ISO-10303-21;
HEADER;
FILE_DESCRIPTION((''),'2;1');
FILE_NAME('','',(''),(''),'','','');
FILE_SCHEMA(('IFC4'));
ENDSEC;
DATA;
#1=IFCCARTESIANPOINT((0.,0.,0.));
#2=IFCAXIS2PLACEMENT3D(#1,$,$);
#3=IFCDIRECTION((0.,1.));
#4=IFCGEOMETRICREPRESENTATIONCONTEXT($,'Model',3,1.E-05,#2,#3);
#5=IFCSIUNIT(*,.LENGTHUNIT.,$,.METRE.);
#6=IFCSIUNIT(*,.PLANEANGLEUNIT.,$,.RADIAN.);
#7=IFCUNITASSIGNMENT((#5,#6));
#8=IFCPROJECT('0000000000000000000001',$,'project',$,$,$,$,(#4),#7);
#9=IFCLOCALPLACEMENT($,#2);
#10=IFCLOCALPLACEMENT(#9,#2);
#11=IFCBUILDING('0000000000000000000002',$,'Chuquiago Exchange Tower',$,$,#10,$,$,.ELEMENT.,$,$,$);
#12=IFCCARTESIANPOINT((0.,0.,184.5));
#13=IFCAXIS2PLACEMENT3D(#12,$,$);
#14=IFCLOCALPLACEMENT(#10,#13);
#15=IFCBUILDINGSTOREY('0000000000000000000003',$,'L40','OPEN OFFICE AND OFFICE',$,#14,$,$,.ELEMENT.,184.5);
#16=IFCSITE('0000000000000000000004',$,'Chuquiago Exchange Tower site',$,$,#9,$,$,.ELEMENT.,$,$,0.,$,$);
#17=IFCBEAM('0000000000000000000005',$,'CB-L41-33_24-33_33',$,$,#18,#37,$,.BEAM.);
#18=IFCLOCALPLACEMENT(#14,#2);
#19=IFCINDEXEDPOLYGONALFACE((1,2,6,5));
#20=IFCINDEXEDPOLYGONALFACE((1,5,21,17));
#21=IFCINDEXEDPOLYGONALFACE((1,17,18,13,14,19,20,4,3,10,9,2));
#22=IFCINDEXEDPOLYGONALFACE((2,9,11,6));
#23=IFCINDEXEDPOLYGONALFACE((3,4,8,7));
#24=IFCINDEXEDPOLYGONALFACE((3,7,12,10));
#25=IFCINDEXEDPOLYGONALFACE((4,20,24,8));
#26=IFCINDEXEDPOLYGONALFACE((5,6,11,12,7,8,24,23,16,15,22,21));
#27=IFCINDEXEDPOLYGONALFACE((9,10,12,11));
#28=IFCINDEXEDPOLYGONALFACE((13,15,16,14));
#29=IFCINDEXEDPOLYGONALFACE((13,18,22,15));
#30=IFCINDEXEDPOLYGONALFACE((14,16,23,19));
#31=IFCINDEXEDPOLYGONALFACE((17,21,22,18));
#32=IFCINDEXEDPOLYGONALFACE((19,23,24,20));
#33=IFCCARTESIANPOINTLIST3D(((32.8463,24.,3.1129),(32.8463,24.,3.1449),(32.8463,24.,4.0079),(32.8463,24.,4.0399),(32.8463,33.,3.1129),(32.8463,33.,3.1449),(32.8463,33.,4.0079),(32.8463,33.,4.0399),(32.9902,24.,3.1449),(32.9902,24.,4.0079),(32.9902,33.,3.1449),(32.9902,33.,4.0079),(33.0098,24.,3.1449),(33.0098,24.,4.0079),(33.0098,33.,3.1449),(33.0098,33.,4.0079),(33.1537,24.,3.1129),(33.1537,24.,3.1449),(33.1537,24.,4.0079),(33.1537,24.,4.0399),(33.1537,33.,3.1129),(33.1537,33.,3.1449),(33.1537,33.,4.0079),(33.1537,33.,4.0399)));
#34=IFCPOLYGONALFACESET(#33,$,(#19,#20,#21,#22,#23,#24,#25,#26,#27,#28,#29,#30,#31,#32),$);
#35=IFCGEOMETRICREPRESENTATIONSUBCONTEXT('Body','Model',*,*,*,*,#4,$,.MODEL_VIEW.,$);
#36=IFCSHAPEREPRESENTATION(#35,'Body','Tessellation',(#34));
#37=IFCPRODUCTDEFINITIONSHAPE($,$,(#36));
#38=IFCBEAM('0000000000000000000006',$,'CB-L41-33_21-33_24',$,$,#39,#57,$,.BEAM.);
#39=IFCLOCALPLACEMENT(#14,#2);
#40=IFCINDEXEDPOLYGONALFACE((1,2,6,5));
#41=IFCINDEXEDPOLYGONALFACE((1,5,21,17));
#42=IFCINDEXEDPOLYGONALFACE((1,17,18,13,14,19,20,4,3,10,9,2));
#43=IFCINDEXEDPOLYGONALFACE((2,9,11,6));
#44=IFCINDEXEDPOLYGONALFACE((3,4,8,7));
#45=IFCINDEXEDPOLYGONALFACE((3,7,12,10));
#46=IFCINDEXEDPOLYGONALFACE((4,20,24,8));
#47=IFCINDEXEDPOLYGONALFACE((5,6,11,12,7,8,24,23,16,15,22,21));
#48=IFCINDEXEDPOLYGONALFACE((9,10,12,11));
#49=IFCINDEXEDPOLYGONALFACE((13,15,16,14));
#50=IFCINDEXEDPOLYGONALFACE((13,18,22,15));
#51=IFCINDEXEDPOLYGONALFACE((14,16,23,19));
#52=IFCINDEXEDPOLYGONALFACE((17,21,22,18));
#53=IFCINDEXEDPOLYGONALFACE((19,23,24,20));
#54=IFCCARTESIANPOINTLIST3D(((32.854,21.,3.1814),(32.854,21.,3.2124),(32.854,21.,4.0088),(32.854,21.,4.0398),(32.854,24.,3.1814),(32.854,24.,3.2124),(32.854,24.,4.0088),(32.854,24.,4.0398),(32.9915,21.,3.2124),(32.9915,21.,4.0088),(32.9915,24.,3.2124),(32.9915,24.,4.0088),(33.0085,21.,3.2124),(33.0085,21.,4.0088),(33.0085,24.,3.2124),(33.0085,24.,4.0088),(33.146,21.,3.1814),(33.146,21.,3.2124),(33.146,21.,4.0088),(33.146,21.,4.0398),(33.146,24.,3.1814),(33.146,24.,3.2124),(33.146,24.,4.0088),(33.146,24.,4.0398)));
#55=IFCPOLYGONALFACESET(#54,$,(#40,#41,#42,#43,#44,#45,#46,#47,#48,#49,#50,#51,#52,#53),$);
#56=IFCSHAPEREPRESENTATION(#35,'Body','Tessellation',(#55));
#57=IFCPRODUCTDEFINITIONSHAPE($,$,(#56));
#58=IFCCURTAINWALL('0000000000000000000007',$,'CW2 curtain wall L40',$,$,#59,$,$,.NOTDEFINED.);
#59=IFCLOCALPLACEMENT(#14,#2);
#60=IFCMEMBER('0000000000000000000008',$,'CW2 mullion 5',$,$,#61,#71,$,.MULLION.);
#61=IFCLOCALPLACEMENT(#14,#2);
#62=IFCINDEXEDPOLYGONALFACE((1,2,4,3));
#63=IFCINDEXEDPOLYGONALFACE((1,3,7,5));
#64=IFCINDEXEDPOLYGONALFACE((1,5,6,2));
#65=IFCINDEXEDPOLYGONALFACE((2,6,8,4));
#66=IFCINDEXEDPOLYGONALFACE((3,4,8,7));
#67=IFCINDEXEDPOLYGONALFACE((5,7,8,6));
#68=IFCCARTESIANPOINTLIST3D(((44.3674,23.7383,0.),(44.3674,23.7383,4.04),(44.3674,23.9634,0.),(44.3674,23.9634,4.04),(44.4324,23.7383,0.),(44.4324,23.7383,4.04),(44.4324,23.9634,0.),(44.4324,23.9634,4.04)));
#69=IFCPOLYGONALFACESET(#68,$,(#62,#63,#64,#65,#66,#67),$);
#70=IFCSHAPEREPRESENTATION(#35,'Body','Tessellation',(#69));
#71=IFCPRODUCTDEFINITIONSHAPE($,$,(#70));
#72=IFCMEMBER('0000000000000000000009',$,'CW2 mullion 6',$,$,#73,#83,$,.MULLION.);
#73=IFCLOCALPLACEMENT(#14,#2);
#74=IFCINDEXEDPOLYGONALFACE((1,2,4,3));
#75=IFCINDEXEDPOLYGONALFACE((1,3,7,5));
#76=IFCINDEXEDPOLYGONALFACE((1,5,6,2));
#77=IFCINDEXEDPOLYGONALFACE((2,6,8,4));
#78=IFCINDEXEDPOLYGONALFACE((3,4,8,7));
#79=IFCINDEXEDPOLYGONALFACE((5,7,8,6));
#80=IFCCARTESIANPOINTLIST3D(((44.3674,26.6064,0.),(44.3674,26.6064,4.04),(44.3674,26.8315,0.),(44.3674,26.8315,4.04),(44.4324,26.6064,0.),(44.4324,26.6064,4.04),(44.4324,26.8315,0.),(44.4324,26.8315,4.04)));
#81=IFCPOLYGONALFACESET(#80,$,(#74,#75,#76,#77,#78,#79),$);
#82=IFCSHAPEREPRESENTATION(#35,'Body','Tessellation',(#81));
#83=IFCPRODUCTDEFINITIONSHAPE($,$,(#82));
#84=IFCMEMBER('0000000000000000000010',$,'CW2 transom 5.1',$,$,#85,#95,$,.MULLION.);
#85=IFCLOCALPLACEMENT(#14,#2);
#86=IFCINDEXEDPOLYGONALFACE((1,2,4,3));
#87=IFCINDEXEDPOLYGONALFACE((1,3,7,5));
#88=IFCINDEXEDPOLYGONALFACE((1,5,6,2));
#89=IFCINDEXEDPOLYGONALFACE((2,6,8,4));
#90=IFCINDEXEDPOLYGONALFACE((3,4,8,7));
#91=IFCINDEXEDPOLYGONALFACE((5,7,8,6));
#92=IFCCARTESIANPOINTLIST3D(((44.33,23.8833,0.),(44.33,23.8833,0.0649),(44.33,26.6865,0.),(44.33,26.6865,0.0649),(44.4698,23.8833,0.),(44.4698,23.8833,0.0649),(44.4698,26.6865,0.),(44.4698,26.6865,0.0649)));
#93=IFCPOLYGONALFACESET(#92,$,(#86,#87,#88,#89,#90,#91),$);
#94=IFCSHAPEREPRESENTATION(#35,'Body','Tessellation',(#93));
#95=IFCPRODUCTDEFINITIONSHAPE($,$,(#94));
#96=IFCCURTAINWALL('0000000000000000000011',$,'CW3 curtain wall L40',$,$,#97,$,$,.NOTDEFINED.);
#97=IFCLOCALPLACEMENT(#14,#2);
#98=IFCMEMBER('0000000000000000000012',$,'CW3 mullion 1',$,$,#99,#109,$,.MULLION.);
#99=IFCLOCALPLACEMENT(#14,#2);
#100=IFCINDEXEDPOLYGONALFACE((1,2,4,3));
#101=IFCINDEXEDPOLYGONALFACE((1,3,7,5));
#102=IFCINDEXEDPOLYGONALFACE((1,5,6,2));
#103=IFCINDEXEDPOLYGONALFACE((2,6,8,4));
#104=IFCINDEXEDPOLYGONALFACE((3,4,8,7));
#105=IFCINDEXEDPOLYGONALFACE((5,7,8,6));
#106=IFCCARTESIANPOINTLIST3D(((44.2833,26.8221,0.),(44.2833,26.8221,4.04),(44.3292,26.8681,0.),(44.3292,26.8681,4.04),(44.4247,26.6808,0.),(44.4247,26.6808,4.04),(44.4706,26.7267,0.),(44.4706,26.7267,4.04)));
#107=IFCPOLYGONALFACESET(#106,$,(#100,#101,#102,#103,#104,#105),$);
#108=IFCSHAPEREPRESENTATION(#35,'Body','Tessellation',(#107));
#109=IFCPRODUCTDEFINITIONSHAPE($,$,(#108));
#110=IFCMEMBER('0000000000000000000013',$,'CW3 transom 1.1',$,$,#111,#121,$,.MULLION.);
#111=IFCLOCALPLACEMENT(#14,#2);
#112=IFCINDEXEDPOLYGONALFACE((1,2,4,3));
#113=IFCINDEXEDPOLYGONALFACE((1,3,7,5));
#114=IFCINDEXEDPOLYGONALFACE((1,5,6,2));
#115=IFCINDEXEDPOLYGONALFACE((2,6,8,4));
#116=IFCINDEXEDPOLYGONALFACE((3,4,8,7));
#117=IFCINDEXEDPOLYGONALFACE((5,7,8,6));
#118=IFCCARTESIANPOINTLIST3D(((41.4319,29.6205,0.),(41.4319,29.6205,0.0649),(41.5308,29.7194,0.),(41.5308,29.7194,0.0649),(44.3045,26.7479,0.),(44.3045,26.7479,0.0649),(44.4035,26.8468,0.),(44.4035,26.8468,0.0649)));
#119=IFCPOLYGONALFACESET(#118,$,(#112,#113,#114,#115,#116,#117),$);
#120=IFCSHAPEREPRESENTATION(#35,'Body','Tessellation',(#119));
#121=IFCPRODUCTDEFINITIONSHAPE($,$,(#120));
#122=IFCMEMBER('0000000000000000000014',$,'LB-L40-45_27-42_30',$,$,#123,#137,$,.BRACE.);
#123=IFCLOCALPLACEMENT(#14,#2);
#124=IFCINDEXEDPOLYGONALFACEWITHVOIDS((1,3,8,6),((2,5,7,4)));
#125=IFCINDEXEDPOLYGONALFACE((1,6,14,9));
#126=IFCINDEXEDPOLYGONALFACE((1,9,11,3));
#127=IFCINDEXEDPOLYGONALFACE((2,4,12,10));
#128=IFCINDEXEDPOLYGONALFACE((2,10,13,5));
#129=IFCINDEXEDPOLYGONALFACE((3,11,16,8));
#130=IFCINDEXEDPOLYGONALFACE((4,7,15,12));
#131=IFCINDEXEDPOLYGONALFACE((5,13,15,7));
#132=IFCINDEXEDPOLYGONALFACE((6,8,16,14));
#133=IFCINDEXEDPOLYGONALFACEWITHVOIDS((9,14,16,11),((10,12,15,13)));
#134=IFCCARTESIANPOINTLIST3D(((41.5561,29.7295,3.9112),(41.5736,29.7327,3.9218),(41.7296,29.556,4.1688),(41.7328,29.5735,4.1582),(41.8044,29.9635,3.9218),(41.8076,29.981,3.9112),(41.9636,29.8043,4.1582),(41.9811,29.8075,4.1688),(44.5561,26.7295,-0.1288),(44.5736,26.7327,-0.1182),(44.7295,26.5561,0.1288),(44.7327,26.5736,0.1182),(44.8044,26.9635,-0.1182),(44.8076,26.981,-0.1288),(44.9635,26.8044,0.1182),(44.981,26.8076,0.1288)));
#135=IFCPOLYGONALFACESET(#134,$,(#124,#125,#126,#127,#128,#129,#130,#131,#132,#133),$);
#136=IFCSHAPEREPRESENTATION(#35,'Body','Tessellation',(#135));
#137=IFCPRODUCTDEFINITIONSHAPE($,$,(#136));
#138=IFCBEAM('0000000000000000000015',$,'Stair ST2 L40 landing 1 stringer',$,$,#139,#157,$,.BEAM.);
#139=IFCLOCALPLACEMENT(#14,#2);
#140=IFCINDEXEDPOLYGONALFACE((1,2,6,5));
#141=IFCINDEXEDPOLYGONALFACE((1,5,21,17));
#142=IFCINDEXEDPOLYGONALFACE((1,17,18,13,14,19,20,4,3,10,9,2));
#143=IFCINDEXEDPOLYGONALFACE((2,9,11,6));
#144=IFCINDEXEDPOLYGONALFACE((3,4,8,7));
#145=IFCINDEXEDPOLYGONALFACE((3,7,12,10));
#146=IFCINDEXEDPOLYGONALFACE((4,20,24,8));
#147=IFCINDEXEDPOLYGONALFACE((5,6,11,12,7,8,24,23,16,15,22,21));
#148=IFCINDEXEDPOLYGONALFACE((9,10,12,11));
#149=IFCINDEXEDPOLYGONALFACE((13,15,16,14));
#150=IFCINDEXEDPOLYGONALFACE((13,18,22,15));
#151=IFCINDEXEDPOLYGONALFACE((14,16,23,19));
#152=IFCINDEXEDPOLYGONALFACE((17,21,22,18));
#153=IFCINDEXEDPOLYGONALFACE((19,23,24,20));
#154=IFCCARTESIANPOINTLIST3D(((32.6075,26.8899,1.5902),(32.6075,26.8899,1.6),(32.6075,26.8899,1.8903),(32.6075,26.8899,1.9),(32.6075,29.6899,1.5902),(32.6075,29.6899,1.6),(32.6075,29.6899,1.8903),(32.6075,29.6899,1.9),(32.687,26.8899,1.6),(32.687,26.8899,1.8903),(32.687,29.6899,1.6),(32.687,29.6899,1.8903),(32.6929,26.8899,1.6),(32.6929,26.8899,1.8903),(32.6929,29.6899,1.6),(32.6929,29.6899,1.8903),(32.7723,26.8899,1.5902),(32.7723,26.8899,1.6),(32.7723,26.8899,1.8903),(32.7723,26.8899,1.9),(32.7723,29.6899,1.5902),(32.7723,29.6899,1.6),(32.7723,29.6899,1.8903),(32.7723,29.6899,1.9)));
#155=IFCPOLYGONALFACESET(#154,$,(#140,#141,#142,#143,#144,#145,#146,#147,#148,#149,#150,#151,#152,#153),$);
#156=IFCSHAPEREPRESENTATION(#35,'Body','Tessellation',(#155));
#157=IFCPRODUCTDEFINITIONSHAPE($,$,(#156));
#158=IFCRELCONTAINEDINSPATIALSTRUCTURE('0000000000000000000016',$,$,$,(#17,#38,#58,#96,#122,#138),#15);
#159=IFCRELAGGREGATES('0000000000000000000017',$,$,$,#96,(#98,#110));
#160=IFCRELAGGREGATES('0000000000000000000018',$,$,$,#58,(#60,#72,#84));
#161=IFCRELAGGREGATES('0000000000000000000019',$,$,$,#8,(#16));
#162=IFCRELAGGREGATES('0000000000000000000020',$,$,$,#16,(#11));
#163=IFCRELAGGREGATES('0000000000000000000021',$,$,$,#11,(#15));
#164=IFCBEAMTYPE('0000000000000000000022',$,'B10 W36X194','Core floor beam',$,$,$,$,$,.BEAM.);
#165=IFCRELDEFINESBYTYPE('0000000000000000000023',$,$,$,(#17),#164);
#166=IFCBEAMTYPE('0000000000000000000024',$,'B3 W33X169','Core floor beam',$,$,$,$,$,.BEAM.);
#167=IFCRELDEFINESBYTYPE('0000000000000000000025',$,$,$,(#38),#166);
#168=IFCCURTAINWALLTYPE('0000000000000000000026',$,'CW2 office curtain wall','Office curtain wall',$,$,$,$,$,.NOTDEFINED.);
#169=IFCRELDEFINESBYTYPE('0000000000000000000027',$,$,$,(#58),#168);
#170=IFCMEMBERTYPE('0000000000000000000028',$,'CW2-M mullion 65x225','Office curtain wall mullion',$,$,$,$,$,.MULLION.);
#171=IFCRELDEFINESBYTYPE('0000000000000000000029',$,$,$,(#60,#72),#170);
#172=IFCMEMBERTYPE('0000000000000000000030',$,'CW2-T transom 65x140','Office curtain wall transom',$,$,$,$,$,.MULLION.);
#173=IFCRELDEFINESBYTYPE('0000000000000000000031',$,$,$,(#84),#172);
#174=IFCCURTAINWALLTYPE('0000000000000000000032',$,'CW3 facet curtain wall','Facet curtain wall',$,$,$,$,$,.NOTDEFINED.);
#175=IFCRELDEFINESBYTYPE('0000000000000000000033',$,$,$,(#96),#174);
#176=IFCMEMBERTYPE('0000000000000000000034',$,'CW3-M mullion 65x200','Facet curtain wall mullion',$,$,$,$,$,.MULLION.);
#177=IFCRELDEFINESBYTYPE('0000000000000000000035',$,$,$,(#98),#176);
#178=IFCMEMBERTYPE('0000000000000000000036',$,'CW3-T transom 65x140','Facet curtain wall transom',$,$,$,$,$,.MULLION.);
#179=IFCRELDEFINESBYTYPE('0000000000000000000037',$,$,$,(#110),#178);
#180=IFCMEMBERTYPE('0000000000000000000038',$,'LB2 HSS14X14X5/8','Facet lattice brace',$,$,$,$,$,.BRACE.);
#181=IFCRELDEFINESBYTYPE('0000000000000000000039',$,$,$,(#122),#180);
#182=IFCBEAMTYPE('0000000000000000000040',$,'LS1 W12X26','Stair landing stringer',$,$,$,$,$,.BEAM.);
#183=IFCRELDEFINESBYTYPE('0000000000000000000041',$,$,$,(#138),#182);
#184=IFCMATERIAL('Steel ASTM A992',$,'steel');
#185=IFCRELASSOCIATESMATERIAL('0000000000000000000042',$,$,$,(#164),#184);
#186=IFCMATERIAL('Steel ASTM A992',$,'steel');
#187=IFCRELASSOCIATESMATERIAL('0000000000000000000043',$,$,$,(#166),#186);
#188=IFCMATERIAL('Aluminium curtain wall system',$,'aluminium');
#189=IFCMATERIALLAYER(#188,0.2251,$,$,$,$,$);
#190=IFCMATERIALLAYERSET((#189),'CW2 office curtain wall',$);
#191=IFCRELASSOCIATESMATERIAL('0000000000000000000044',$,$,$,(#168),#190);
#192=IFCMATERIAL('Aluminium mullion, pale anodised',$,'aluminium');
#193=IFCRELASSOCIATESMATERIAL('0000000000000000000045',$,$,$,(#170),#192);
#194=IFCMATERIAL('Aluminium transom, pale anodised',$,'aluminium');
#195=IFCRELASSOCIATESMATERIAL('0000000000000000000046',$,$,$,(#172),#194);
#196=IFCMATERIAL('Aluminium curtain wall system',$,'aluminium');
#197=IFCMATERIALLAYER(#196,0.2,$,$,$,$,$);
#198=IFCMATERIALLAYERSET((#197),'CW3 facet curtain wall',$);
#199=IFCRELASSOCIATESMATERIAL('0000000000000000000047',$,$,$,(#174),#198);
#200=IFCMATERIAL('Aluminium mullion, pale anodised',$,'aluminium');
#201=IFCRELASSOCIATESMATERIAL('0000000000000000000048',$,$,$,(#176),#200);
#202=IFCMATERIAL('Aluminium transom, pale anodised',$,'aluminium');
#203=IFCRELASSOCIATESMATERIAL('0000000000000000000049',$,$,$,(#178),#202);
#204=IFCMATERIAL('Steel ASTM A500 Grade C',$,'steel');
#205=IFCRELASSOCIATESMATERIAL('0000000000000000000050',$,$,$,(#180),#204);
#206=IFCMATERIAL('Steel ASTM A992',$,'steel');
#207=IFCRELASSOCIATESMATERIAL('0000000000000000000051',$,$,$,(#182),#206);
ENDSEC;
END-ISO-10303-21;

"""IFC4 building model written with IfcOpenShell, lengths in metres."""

from ifc_helpers import new_model, si_unit, direction, frame, origin, origin_2d, place, context, subcontext, project, spatial, rectangle, hollow_rectangle, i_section, extrude, material, layer, layer_set, material_profile, profile_set, type_object, element, aggregate, save


model = new_model("IFC4")

# Units and contexts
model_context = context("Model", 3, precision=1e-05, world=origin(), true_north=direction((0.0, 1.0)))
body_context = subcontext(model_context, "Body", "Model", "MODEL_VIEW")
ifc_project = project(units=[si_unit("LENGTHUNIT", "METRE"), si_unit("PLANEANGLEUNIT", "RADIAN")], contexts=[model_context])

# Site, building, storey
site_placement = place(None, origin())
site = spatial("IfcSite", under=ifc_project, at=site_placement, Name="Chuquiago Exchange Tower site", CompositionType="ELEMENT", RefElevation=0.0)
building_placement = place(site_placement, origin())
building = spatial("IfcBuilding", under=site, at=building_placement, Name="Chuquiago Exchange Tower", CompositionType="ELEMENT")
storey_placement = place(building_placement, frame((0.0, 0.0, 184.5)))
storey = spatial("IfcBuildingStorey", under=building, at=storey_placement, Name="L40", Description="OPEN OFFICE AND OFFICE", CompositionType="ELEMENT", Elevation=184.5)

# Beams
ifc_material_1 = material(Name="Steel ASTM A992", Category="steel")
ifc_material_profile_1 = material_profile(ifc_material_1, i_section(OverallWidth=0.3074, OverallDepth=0.927, WebThickness=0.0195, FlangeThickness=0.032, at=origin_2d()), Name="W36X194")
ifc_profile_set_1 = profile_set([ifc_material_profile_1], Name="Steel ASTM A992")
beam_type_1 = type_object("IfcBeamType", Name="B10 W36X194", Description="Core floor beam", PredefinedType="BEAM", material=ifc_profile_set_1)
beam_1_placement = place(storey_placement, frame((33.0, 24.0, 3.5764), z_axis=(0.0, 1.0, 0.0), x_axis=(-1.0, 0.0, 0.0)))
element("IfcBeam", 1, at=beam_1_placement, inside=storey, type_object=beam_type_1, Name="CB-L41-33_24-33_33", PredefinedType="BEAM", context=body_context, shape_type="SweptSolid", body=[
    extrude(i_section(OverallWidth=0.3074, OverallDepth=0.927, WebThickness=0.0195, FlangeThickness=0.032, at=origin_2d()), origin(), (0.0, 0.0, 1.0), 9.0),
])
ifc_material_2 = material(Name="Steel ASTM A992", Category="steel")
ifc_material_profile_2 = material_profile(ifc_material_2, i_section(OverallWidth=0.292, OverallDepth=0.8584, WebThickness=0.0171, FlangeThickness=0.031, at=origin_2d()), Name="W33X169")
ifc_profile_set_2 = profile_set([ifc_material_profile_2], Name="Steel ASTM A992")
beam_type_2 = type_object("IfcBeamType", Name="B3 W33X169", Description="Core floor beam", PredefinedType="BEAM", material=ifc_profile_set_2)
beam_2_placement = place(storey_placement, frame((33.0, 21.0, 3.6106), z_axis=(0.0, 1.0, 0.0), x_axis=(-1.0, 0.0, 0.0)))
element("IfcBeam", 2, at=beam_2_placement, inside=storey, type_object=beam_type_2, Name="CB-L41-33_21-33_24", PredefinedType="BEAM", context=body_context, shape_type="SweptSolid", body=[
    extrude(i_section(OverallWidth=0.292, OverallDepth=0.8584, WebThickness=0.0171, FlangeThickness=0.031, at=origin_2d()), origin(), (0.0, 0.0, 1.0), 3.0),
])

# Curtain walls, members
ifc_material_3 = material(Name="Aluminium curtain wall system", Category="aluminium")
ifc_layer_1 = layer(ifc_material_3, 0.2251)
ifc_layer_set_1 = layer_set([ifc_layer_1], Name="CW2 office curtain wall")
curtain_wall_type_1 = type_object("IfcCurtainWallType", Name="CW2 office curtain wall", Description="Office curtain wall", PredefinedType="NOTDEFINED", material=ifc_layer_set_1)
curtain_wall_1_placement = place(storey_placement, origin())
curtain_wall_1 = element("IfcCurtainWall", 3, at=curtain_wall_1_placement, inside=storey, type_object=curtain_wall_type_1, Name="CW2 curtain wall L40", PredefinedType="NOTDEFINED")
ifc_material_4 = material(Name="Aluminium mullion, pale anodised", Category="aluminium")
ifc_material_profile_3 = material_profile(ifc_material_4, rectangle(XDim=0.0649, YDim=0.2251, at=origin_2d()), Name="AL 65x225")
ifc_profile_set_3 = profile_set([ifc_material_profile_3], Name="Aluminium mullion, pale anodised")
member_type_1 = type_object("IfcMemberType", Name="CW2-M mullion 65x225", Description="Office curtain wall mullion", PredefinedType="MULLION", material=ifc_profile_set_3)
member_1_placement = place(storey_placement, frame((44.3999, 23.8508, 0.0), z_axis=(0.0, 0.0, 1.0), x_axis=(-1.0, 0.0, 0.0)))
member_1 = element("IfcMember", 4, at=member_1_placement, type_object=member_type_1, Name="CW2 mullion 5", PredefinedType="MULLION", context=body_context, shape_type="SweptSolid", body=[
    extrude(rectangle(XDim=0.0649, YDim=0.2251, at=origin_2d()), origin(), (0.0, 0.0, 1.0), 4.04),
])
member_2_placement = place(storey_placement, frame((44.3999, 26.719, 0.0), z_axis=(0.0, 0.0, 1.0), x_axis=(-1.0, 0.0, 0.0)))
member_2 = element("IfcMember", 5, at=member_2_placement, type_object=member_type_1, Name="CW2 mullion 6", PredefinedType="MULLION", context=body_context, shape_type="SweptSolid", body=[
    extrude(rectangle(XDim=0.0649, YDim=0.2251, at=origin_2d()), origin(), (0.0, 0.0, 1.0), 4.04),
])
ifc_material_5 = material(Name="Aluminium transom, pale anodised", Category="aluminium")
ifc_material_profile_4 = material_profile(ifc_material_5, rectangle(XDim=0.1399, YDim=0.0649, at=origin_2d()), Name="AL 140x65")
ifc_profile_set_4 = profile_set([ifc_material_profile_4], Name="Aluminium transom, pale anodised")
member_type_2 = type_object("IfcMemberType", Name="CW2-T transom 65x140", Description="Office curtain wall transom", PredefinedType="MULLION", material=ifc_profile_set_4)
member_3_placement = place(storey_placement, frame((44.3999, 23.8833, 0.0325), z_axis=(0.0, 1.0, 0.0), x_axis=(-1.0, 0.0, 0.0)))
member_3 = element("IfcMember", 6, at=member_3_placement, type_object=member_type_2, Name="CW2 transom 5.1", PredefinedType="MULLION", context=body_context, shape_type="SweptSolid", body=[
    extrude(rectangle(XDim=0.1399, YDim=0.0649, at=origin_2d()), origin(), (0.0, 0.0, 1.0), 2.8032),
])
ifc_material_6 = material(Name="Aluminium curtain wall system", Category="aluminium")
ifc_layer_2 = layer(ifc_material_6, 0.2)
ifc_layer_set_2 = layer_set([ifc_layer_2], Name="CW3 facet curtain wall")
curtain_wall_type_2 = type_object("IfcCurtainWallType", Name="CW3 facet curtain wall", Description="Facet curtain wall", PredefinedType="NOTDEFINED", material=ifc_layer_set_2)
curtain_wall_2_placement = place(storey_placement, origin())
curtain_wall_2 = element("IfcCurtainWall", 7, at=curtain_wall_2_placement, inside=storey, type_object=curtain_wall_type_2, Name="CW3 curtain wall L40", PredefinedType="NOTDEFINED")
ifc_material_7 = material(Name="Aluminium mullion, pale anodised", Category="aluminium")
ifc_material_profile_5 = material_profile(ifc_material_7, rectangle(XDim=0.0649, YDim=0.2, at=origin_2d()), Name="AL 65x200")
ifc_profile_set_5 = profile_set([ifc_material_profile_5], Name="Aluminium mullion, pale anodised")
member_type_3 = type_object("IfcMemberType", Name="CW3-M mullion 65x200", Description="Facet curtain wall mullion", PredefinedType="MULLION", material=ifc_profile_set_5)
member_4_placement = place(storey_placement, frame((44.377, 26.7744, 0.0), z_axis=(0.0, 0.0, 1.0), x_axis=(-0.707107, -0.707107, 0.0)))
member_4 = element("IfcMember", 8, at=member_4_placement, type_object=member_type_3, Name="CW3 mullion 1", PredefinedType="MULLION", context=body_context, shape_type="SweptSolid", body=[
    extrude(rectangle(XDim=0.0649, YDim=0.2, at=origin_2d()), origin(), (0.0, 0.0, 1.0), 4.04),
])
ifc_material_8 = material(Name="Aluminium transom, pale anodised", Category="aluminium")
ifc_material_profile_6 = material_profile(ifc_material_8, rectangle(XDim=0.1399, YDim=0.0649, at=origin_2d()), Name="AL 140x65")
ifc_profile_set_6 = profile_set([ifc_material_profile_6], Name="Aluminium transom, pale anodised")
member_type_4 = type_object("IfcMemberType", Name="CW3-T transom 65x140", Description="Facet curtain wall transom", PredefinedType="MULLION", material=ifc_profile_set_6)
member_5_placement = place(storey_placement, frame((44.354, 26.7974, 0.0325), z_axis=(-0.707107, 0.707107, 0.0), x_axis=(-0.707107, -0.707107, 0.0)))
member_5 = element("IfcMember", 9, at=member_5_placement, type_object=member_type_4, Name="CW3 transom 1.1", PredefinedType="MULLION", context=body_context, shape_type="SweptSolid", body=[
    extrude(rectangle(XDim=0.1399, YDim=0.0649, at=origin_2d()), origin(), (0.0, 0.0, 1.0), 4.0625),
])
aggregate(curtain_wall_2, [member_4, member_5])

# Member
ifc_material_9 = material(Name="Steel ASTM A500 Grade C", Category="steel")
ifc_material_profile_7 = material_profile(ifc_material_9, hollow_rectangle(XDim=0.3557, YDim=0.3557, WallThickness=0.0146, at=origin_2d()), Name="HSS14X14X5/8")
ifc_profile_set_7 = profile_set([ifc_material_profile_7], Name="Steel ASTM A500 Grade C")
member_type_5 = type_object("IfcMemberType", Name="LB2 HSS14X14X5/8", Description="Facet lattice brace", PredefinedType="BRACE", material=ifc_profile_set_7)
member_6_placement = place(storey_placement, frame((44.7686, 26.7686, 0.0), z_axis=(-0.512077, 0.512077, 0.689604), x_axis=(-0.707107, -0.707107, 0.0)))
element("IfcMember", 10, at=member_6_placement, inside=storey, type_object=member_type_5, Name="LB-L40-45_27-42_30", PredefinedType="BRACE", context=body_context, shape_type="SweptSolid", body=[
    extrude(hollow_rectangle(XDim=0.3557, YDim=0.3557, WallThickness=0.0146, at=origin_2d()), origin(), (0.0, 0.0, 1.0), 5.8584),
])

# Beam
ifc_material_10 = material(Name="Steel ASTM A992", Category="steel")
ifc_material_profile_8 = material_profile(ifc_material_10, i_section(OverallWidth=0.1648, OverallDepth=0.3098, WebThickness=0.0059, FlangeThickness=0.0098, at=origin_2d()), Name="W12X26")
ifc_profile_set_8 = profile_set([ifc_material_profile_8], Name="Steel ASTM A992")
beam_type_3 = type_object("IfcBeamType", Name="LS1 W12X26", Description="Stair landing stringer", PredefinedType="BEAM", material=ifc_profile_set_8)
beam_3_placement = place(storey_placement, frame((32.6899, 26.8899, 1.7451), z_axis=(0.0, 1.0, 0.0), x_axis=(-1.0, 0.0, 0.0)))
element("IfcBeam", 11, at=beam_3_placement, inside=storey, type_object=beam_type_3, Name="Stair ST2 L40 landing 1 stringer", PredefinedType="BEAM", context=body_context, shape_type="SweptSolid", body=[
    extrude(i_section(OverallWidth=0.1648, OverallDepth=0.3098, WebThickness=0.0059, FlangeThickness=0.0098, at=origin_2d()), origin(), (0.0, 0.0, 1.0), 2.8),
])

aggregate(curtain_wall_1, [member_1, member_2, member_3])

save(model, "model.ifc")
